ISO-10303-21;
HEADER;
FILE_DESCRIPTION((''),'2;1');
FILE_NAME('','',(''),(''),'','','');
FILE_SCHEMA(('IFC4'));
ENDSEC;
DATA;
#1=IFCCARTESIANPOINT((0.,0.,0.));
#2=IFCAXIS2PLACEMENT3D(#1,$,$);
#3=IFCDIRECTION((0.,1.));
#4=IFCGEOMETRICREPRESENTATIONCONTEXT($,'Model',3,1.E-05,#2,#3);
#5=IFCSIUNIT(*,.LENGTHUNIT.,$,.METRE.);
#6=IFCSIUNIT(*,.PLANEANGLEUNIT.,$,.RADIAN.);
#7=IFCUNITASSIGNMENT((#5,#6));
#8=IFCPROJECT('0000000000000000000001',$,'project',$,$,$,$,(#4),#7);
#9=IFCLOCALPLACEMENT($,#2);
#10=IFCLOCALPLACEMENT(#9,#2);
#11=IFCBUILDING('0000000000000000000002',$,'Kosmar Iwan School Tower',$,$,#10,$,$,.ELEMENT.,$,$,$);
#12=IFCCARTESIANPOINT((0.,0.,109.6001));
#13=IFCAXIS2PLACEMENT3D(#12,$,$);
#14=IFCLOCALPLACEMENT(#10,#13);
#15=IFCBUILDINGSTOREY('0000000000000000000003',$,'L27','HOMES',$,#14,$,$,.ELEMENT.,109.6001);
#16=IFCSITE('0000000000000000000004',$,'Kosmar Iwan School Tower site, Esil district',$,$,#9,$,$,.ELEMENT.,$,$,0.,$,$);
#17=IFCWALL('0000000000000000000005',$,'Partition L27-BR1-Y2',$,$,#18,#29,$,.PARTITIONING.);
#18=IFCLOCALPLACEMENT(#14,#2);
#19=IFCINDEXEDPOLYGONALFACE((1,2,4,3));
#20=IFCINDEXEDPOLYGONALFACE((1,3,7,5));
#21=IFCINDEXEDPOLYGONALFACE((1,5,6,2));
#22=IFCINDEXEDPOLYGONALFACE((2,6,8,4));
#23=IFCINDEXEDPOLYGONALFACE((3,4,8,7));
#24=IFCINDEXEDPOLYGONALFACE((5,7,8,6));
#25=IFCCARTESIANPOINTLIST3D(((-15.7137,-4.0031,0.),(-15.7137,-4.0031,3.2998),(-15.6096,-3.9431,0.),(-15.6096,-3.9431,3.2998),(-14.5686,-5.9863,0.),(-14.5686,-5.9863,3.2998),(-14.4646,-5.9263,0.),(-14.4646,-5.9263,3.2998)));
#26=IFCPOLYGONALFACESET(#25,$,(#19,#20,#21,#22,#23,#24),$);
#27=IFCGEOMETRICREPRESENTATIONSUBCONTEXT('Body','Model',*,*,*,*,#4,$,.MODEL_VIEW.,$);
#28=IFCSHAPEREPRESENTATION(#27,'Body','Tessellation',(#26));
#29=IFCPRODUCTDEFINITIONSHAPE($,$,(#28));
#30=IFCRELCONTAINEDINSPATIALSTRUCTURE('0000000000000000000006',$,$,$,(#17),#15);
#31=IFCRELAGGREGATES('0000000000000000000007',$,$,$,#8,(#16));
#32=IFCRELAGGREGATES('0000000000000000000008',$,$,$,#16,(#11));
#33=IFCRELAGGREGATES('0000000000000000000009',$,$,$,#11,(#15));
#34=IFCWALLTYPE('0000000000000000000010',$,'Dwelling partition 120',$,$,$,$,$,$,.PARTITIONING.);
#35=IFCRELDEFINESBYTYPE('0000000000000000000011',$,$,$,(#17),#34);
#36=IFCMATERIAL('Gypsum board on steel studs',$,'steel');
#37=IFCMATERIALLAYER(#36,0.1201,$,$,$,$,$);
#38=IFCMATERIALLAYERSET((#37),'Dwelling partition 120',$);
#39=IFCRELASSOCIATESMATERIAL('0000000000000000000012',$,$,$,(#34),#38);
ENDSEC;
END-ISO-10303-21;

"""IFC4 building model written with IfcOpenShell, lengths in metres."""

from ifc_helpers import new_model, si_unit, direction, frame, frame_2d, origin, place, context, subcontext, project, spatial, rectangle, extrude, material, layer, layer_set, type_object, element, save


model = new_model("IFC4")

# Units and contexts
model_context = context("Model", 3, precision=1e-05, world=origin(), true_north=direction((0.0, 1.0)))
body_context = subcontext(model_context, "Body", "Model", "MODEL_VIEW")
ifc_project = project(units=[si_unit("LENGTHUNIT", "METRE"), si_unit("PLANEANGLEUNIT", "RADIAN")], contexts=[model_context])

# Site, building, storey
site_placement = place(None, origin())
site = spatial("IfcSite", under=ifc_project, at=site_placement, Name="Kosmar Iwan School Tower site, Esil district", CompositionType="ELEMENT", RefElevation=0.0)
building_placement = place(site_placement, origin())
building = spatial("IfcBuilding", under=site, at=building_placement, Name="Kosmar Iwan School Tower", CompositionType="ELEMENT")
storey_placement = place(building_placement, frame((0.0, 0.0, 109.6001)))
storey = spatial("IfcBuildingStorey", under=building, at=storey_placement, Name="L27", Description="HOMES", CompositionType="ELEMENT", Elevation=109.6001)

# Shared definitions
ifc_material_1 = material(Name="Gypsum board on steel studs", Category="steel")
ifc_layer_1 = layer(ifc_material_1, 0.1201)
ifc_layer_set_1 = layer_set([ifc_layer_1], Name="Dwelling partition 120")
wall_type_1 = type_object("IfcWallType", Name="Dwelling partition 120", PredefinedType="PARTITIONING", material=ifc_layer_set_1)

# Wall
wall_1_placement = place(storey_placement, frame((-14.5166, -5.9563, 0.0), z_axis=(0.0, 0.0, 1.0), x_axis=(-0.500015, 0.866017, 0.0)))
element("IfcWall", 1, at=wall_1_placement, inside=storey, type_object=wall_type_1, Name="Partition L27-BR1-Y2", PredefinedType="PARTITIONING", context=body_context, shape_type="SweptSolid", body=[
    extrude(rectangle(XDim=2.29, YDim=0.1201, at=frame_2d((1.145, 0.0))), origin(), (0.0, 0.0, 1.0), 3.2998),
])

save(model, "model.ifc")
